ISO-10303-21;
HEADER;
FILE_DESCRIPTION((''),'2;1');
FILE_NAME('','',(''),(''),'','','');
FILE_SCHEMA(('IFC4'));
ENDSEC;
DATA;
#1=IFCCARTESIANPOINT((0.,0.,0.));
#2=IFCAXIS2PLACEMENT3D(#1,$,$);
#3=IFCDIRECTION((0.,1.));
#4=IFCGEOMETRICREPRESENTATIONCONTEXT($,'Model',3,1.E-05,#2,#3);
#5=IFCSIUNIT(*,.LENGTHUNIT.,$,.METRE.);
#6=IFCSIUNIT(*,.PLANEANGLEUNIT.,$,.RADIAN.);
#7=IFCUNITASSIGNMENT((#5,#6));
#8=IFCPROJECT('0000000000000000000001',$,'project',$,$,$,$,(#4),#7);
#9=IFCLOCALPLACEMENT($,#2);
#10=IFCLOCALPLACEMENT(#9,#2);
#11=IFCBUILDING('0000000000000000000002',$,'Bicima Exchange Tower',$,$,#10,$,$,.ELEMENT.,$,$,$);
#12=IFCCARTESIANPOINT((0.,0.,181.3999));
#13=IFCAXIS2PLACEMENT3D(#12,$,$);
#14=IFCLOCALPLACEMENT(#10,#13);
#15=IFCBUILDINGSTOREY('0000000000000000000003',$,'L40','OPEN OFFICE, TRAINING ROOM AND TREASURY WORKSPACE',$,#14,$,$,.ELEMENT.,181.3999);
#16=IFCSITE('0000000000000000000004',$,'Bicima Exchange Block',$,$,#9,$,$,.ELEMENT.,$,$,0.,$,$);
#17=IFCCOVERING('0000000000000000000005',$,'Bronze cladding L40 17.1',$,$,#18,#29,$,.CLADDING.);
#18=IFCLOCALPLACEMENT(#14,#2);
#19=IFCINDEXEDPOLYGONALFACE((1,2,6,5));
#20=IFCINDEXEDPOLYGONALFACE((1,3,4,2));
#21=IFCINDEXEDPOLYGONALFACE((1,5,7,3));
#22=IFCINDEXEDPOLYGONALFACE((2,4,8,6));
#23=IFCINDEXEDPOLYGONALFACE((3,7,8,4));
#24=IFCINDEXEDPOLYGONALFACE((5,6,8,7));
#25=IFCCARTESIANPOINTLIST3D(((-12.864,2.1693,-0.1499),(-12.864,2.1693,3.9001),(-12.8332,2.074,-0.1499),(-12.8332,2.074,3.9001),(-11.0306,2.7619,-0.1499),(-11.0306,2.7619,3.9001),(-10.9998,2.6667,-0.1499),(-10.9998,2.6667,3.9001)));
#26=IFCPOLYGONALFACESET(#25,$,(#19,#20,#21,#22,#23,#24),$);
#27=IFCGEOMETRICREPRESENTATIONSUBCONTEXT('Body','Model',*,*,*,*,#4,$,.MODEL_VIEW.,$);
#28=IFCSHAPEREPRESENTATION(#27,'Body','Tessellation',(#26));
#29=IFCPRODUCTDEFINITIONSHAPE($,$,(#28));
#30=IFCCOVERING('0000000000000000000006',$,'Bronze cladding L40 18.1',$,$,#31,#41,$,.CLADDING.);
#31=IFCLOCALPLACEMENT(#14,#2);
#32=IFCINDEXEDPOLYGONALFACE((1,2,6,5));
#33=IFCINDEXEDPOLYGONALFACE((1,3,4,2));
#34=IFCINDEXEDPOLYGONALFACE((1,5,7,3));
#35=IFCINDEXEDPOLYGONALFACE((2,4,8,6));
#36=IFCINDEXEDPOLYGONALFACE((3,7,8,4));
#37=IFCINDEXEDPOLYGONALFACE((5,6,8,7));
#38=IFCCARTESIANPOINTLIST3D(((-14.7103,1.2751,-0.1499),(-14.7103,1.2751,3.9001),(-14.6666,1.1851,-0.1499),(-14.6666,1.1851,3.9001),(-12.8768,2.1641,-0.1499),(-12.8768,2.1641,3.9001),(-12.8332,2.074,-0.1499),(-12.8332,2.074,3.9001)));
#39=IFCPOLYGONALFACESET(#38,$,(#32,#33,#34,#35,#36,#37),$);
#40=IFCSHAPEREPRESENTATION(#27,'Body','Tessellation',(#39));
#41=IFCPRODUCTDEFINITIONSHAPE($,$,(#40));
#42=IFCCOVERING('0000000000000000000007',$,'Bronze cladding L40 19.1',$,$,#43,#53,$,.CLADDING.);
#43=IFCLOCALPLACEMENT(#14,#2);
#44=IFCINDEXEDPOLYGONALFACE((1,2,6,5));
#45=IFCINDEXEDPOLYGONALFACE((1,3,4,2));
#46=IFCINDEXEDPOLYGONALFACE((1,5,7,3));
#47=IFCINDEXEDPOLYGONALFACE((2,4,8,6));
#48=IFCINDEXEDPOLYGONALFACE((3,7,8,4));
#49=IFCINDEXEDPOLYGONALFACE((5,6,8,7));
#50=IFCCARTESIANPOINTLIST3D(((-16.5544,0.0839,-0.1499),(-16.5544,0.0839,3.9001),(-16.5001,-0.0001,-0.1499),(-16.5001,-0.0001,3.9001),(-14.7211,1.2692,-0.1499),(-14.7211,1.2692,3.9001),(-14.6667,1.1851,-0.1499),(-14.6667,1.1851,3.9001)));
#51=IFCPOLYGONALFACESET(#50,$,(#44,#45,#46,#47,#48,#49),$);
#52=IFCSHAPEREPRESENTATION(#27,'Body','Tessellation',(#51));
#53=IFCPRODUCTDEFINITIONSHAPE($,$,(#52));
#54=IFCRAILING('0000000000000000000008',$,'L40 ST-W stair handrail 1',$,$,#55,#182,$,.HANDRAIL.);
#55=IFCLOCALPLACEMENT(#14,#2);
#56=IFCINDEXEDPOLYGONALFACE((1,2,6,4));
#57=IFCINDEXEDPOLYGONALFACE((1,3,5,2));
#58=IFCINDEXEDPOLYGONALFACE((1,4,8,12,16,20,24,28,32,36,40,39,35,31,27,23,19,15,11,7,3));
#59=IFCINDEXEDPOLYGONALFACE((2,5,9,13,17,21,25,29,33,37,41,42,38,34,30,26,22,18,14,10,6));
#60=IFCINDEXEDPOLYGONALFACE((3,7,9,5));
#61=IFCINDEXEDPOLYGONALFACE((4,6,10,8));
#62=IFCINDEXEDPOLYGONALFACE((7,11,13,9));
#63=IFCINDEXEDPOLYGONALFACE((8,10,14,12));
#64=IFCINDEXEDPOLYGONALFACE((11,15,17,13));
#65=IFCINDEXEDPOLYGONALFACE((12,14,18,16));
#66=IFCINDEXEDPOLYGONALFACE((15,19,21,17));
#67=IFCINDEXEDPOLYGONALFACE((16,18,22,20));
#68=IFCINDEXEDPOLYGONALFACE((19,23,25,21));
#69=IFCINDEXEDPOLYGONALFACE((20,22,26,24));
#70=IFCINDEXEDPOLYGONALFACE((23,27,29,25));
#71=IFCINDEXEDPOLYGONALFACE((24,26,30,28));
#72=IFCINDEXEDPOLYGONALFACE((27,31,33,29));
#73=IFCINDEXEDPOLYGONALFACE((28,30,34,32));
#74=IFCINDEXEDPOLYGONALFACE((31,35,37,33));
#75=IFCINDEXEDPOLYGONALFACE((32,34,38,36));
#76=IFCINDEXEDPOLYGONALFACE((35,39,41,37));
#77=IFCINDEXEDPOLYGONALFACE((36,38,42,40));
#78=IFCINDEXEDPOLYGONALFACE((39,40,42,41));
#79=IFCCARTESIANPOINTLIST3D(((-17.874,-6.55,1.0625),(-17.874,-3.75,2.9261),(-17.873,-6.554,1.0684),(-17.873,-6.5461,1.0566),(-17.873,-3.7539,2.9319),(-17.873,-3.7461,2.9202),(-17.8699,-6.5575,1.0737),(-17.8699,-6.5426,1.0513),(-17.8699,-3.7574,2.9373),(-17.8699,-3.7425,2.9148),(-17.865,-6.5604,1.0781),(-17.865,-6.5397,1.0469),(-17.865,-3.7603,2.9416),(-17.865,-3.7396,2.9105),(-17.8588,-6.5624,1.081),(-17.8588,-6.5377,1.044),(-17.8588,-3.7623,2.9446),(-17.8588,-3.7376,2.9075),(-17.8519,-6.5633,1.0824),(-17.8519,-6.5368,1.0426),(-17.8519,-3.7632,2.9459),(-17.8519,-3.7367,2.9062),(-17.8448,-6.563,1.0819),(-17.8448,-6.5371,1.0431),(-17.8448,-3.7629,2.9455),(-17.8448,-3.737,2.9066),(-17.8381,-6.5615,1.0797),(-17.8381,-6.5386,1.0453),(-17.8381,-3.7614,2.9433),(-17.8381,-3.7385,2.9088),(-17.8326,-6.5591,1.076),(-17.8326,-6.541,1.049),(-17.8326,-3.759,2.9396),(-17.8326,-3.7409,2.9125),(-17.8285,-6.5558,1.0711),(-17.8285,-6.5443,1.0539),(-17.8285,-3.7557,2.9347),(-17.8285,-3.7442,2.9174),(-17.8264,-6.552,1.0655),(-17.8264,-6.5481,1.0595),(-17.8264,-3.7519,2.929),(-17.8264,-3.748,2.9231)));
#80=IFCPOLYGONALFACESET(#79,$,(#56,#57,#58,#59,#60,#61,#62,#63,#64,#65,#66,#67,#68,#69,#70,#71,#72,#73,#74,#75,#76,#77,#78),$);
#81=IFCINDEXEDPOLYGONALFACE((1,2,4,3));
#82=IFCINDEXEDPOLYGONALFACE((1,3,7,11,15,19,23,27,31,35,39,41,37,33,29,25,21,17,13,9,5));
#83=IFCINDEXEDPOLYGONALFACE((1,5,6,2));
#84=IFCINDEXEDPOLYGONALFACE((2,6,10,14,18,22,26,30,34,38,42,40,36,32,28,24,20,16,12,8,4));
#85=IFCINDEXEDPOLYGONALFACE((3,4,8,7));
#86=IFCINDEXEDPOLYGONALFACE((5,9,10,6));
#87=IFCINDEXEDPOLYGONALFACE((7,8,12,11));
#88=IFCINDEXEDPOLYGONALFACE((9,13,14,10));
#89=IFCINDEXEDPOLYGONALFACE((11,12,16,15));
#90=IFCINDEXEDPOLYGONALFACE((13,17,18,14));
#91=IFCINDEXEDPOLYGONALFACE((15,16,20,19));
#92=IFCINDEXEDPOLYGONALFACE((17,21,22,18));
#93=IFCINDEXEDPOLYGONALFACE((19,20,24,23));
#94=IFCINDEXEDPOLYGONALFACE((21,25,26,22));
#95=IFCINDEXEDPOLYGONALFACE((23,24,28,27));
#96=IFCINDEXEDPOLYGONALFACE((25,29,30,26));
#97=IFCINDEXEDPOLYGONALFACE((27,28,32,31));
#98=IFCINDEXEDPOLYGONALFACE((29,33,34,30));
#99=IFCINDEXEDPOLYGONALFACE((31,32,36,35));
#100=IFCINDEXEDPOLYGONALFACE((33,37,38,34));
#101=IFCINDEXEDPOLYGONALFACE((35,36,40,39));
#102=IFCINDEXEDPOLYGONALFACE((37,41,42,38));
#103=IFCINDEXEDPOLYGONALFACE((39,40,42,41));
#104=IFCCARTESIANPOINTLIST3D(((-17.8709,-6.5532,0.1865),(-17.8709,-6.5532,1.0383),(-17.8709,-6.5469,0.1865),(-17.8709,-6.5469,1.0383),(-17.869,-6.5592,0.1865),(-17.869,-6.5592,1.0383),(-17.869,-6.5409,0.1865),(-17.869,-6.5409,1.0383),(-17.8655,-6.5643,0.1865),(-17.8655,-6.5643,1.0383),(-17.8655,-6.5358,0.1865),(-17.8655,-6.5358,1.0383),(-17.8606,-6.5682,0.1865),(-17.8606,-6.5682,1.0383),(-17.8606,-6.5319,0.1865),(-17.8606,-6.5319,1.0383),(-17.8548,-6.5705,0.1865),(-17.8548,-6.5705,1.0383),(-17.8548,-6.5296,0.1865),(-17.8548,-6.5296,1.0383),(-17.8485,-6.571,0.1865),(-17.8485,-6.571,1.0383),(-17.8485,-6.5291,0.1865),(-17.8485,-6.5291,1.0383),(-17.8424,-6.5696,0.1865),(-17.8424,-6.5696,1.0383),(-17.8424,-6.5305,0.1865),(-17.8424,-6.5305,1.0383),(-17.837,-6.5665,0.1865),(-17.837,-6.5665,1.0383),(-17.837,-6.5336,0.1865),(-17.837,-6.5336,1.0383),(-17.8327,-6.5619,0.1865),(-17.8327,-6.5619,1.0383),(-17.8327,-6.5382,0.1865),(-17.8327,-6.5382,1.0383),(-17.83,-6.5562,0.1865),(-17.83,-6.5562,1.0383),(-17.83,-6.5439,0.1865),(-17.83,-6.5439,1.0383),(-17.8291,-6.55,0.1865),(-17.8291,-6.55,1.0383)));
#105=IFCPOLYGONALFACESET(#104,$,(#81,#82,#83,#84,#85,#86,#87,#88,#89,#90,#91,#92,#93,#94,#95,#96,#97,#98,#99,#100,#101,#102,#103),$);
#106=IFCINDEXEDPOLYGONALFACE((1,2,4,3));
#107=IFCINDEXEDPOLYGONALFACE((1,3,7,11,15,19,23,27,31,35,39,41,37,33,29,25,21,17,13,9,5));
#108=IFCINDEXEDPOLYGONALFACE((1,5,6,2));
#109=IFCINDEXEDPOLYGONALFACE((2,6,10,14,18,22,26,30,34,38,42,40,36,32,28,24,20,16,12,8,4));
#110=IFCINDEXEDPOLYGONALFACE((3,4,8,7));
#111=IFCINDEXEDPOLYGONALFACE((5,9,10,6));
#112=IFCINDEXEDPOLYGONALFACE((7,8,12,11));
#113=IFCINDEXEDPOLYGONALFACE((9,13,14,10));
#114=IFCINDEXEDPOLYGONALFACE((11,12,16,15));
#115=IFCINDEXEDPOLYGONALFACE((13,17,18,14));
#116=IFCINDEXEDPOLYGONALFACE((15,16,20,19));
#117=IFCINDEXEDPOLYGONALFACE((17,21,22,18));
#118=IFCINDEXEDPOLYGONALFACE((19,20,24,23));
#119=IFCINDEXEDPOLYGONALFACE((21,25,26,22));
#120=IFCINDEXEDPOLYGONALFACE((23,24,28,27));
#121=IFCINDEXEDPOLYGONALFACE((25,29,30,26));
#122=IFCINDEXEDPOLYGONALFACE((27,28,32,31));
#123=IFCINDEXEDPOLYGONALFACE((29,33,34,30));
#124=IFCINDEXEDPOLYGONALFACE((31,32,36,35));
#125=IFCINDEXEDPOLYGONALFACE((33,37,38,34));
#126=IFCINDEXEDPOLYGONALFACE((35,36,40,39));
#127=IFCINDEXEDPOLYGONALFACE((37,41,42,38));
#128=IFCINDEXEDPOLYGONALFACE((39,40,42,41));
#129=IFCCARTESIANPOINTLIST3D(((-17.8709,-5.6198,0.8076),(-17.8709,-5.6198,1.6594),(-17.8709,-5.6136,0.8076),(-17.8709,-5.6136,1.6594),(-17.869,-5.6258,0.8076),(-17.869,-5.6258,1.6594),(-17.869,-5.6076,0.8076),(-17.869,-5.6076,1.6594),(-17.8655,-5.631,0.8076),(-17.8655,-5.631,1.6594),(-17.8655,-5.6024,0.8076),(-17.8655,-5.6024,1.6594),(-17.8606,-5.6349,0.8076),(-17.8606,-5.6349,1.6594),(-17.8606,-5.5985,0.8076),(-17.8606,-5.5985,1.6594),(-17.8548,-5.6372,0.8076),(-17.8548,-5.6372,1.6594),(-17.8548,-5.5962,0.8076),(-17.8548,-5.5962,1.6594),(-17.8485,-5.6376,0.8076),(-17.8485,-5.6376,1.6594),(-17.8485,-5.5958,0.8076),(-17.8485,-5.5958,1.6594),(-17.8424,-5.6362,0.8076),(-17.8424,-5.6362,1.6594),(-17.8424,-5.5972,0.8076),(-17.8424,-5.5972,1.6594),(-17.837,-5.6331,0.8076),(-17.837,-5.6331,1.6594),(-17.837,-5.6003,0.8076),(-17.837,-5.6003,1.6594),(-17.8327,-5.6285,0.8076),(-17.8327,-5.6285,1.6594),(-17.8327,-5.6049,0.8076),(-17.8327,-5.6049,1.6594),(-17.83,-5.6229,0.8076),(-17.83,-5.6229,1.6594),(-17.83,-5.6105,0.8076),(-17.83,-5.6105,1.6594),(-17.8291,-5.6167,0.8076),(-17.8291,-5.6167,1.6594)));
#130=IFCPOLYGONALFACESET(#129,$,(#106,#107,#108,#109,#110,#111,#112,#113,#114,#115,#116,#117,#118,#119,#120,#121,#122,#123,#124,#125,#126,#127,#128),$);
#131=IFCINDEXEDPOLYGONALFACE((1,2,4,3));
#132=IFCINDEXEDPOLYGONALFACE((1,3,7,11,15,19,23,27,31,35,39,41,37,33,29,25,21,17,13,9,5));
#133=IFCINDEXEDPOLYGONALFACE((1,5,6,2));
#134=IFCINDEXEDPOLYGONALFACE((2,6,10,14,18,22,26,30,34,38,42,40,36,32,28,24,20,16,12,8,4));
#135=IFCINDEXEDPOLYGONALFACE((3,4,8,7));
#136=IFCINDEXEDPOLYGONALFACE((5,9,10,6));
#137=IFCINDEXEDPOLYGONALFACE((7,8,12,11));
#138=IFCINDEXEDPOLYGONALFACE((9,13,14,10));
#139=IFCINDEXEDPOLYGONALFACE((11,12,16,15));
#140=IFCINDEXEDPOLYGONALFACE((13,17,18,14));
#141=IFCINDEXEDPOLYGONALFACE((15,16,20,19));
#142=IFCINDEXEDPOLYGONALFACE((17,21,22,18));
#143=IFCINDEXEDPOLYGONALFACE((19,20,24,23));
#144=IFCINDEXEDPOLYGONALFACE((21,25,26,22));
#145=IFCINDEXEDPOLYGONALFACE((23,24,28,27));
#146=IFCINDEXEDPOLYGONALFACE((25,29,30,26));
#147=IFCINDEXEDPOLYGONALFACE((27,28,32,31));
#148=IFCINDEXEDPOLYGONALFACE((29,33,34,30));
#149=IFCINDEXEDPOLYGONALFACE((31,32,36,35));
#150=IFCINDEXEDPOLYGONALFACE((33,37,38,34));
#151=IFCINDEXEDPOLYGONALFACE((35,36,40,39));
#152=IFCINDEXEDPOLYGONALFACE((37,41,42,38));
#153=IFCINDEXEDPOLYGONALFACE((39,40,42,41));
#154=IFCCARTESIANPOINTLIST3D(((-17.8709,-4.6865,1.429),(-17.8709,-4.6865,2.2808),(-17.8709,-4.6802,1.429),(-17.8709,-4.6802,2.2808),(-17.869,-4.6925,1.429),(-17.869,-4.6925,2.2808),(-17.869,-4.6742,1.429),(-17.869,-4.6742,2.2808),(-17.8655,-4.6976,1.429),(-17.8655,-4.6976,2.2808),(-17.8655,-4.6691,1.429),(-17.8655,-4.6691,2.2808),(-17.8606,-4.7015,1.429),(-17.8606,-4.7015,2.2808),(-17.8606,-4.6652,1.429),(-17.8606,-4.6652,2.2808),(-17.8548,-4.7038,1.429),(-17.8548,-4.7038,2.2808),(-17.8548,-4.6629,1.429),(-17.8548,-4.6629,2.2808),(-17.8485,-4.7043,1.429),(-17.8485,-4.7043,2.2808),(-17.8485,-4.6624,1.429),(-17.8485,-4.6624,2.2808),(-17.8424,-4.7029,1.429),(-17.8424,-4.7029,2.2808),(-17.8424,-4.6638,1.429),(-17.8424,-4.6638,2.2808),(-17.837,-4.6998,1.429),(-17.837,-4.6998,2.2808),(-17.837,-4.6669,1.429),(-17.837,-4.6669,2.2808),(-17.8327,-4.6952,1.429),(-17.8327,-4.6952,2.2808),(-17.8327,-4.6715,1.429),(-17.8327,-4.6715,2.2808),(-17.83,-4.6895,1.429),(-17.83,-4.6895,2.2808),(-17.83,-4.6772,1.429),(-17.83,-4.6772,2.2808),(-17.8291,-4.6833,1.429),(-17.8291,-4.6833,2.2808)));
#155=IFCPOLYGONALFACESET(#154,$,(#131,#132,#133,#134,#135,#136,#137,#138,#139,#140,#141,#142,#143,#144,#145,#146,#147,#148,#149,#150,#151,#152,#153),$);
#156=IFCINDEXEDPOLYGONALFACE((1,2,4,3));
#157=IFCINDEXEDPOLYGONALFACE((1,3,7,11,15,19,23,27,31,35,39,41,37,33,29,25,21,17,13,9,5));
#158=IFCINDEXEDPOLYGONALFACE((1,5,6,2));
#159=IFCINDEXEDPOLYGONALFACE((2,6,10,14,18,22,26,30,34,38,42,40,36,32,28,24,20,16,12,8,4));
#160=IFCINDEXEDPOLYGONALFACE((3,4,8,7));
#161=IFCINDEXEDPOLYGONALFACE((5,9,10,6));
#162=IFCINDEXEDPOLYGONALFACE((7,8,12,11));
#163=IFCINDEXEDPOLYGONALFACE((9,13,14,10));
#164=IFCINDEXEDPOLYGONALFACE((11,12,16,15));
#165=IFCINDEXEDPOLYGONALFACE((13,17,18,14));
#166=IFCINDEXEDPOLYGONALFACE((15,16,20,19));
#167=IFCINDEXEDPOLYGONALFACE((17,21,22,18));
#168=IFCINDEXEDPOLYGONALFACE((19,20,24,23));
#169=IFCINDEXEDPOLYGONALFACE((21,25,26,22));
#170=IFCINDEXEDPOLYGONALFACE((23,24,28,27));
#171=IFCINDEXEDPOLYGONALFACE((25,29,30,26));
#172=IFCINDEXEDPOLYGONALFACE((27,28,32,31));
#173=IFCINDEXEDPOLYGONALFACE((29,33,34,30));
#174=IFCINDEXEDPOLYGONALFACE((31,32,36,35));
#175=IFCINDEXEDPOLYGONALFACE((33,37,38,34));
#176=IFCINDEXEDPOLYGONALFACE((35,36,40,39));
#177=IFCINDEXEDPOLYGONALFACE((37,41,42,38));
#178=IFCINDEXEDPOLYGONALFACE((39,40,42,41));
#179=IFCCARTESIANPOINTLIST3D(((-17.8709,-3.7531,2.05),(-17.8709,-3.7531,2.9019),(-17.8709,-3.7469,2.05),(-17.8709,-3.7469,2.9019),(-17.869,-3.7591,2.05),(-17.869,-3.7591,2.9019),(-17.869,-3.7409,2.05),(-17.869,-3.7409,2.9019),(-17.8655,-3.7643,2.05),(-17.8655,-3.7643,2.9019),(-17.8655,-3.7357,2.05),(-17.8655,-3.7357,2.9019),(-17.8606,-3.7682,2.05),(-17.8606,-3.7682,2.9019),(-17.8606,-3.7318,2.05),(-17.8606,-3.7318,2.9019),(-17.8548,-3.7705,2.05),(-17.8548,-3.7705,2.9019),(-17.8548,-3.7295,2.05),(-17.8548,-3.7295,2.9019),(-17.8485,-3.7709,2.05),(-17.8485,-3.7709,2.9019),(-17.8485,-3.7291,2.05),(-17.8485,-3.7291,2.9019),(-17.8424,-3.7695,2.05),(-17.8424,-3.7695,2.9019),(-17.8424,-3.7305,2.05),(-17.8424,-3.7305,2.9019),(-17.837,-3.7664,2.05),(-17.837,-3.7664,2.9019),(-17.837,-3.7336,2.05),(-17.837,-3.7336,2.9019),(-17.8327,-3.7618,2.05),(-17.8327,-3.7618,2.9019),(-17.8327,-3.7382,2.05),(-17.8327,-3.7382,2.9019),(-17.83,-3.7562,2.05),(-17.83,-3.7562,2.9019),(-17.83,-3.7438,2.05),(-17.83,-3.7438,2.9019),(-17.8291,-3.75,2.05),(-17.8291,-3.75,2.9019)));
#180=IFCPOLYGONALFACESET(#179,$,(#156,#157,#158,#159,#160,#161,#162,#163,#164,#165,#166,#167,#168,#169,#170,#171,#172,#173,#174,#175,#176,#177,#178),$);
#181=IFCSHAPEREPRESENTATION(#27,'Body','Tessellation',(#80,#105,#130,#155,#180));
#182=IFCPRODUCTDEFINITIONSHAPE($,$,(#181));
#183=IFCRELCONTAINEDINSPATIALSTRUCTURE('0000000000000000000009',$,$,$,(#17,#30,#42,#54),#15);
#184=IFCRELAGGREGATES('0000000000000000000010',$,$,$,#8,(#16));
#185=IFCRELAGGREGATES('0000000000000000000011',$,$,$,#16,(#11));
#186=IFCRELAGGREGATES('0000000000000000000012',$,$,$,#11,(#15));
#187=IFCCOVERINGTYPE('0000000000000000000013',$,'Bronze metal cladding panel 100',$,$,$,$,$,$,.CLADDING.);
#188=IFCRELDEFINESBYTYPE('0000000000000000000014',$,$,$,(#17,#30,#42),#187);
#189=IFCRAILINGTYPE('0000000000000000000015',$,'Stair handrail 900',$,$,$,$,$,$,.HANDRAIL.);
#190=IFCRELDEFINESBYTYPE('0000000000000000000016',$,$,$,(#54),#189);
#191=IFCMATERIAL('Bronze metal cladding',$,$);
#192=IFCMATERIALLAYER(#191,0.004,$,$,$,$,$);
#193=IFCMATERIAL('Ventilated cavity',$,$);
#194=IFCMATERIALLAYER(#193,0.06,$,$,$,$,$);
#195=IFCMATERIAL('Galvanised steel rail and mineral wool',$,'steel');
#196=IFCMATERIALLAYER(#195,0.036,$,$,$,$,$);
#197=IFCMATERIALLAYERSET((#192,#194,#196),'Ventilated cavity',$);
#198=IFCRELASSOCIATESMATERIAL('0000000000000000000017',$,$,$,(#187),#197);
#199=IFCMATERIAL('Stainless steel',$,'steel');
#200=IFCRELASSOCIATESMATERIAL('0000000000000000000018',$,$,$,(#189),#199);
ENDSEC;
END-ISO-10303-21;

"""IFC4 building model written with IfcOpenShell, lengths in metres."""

from ifc_helpers import new_model, si_unit, direction, frame, origin, origin_2d, place, context, subcontext, project, spatial, rectangle, circle, extrude, material, layer, layer_set, type_object, element, save


model = new_model("IFC4")

# Units and contexts
model_context = context("Model", 3, precision=1e-05, world=origin(), true_north=direction((0.0, 1.0)))
body_context = subcontext(model_context, "Body", "Model", "MODEL_VIEW")
ifc_project = project(units=[si_unit("LENGTHUNIT", "METRE"), si_unit("PLANEANGLEUNIT", "RADIAN")], contexts=[model_context])

# Site, building, storey
site_placement = place(None, origin())
site = spatial("IfcSite", under=ifc_project, at=site_placement, Name="Bicima Exchange Block", CompositionType="ELEMENT", RefElevation=0.0)
building_placement = place(site_placement, origin())
building = spatial("IfcBuilding", under=site, at=building_placement, Name="Bicima Exchange Tower", CompositionType="ELEMENT")
storey_placement = place(building_placement, frame((0.0, 0.0, 181.3999)))
storey = spatial("IfcBuildingStorey", under=building, at=storey_placement, Name="L40", Description="OPEN OFFICE, TRAINING ROOM AND TREASURY WORKSPACE", CompositionType="ELEMENT", Elevation=181.3999)

# Shared definitions
ifc_material_1 = material(Name="Stainless steel", Category="steel")

# Coverings
ifc_material_2 = material(Name="Bronze metal cladding")
ifc_layer_1 = layer(ifc_material_2, 0.004)
ifc_material_3 = material(Name="Ventilated cavity")
ifc_layer_2 = layer(ifc_material_3, 0.06)
ifc_material_4 = material(Name="Galvanised steel rail and mineral wool", Category="steel")
ifc_layer_3 = layer(ifc_material_4, 0.036)
ifc_layer_set_1 = layer_set([ifc_layer_1, ifc_layer_2, ifc_layer_3], Name="Ventilated cavity")
covering_type = type_object("IfcCoveringType", Name="Bronze metal cladding panel 100", PredefinedType="CLADDING", material=ifc_layer_set_1)
covering_1_placement = place(storey_placement, frame((-11.9319, 2.418, -0.1499), z_axis=(0.0, 0.0, 1.0), x_axis=(-0.951525, -0.307573, 0.0)))
element("IfcCovering", 1, at=covering_1_placement, inside=storey, type_object=covering_type, Name="Bronze cladding L40 17.1", PredefinedType="CLADDING", context=body_context, shape_type="SweptSolid", body=[
    extrude(rectangle(XDim=1.9268, YDim=0.1001, at=origin_2d()), origin(), (0.0, 0.0, 1.0), 4.05),
])
covering_2_placement = place(storey_placement, frame((-13.7717, 1.6746, -0.1499), z_axis=(0.0, 0.0, 1.0), x_axis=(-0.899818, -0.436265, 0.0)))
element("IfcCovering", 2, at=covering_2_placement, inside=storey, type_object=covering_type, Name="Bronze cladding L40 18.1", PredefinedType="CLADDING", context=body_context, shape_type="SweptSolid", body=[
    extrude(rectangle(XDim=2.0376, YDim=0.1001, at=origin_2d()), origin(), (0.0, 0.0, 1.0), 4.05),
])
covering_3_placement = place(storey_placement, frame((-15.6106, 0.6345, -0.1499), z_axis=(0.0, 0.0, 1.0), x_axis=(-0.83979, -0.542911, 0.0)))
element("IfcCovering", 3, at=covering_3_placement, inside=storey, type_object=covering_type, Name="Bronze cladding L40 19.1", PredefinedType="CLADDING", context=body_context, shape_type="SweptSolid", body=[
    extrude(rectangle(XDim=2.1831, YDim=0.1001, at=origin_2d()), origin(), (0.0, 0.0, 1.0), 4.05),
])

# Railing
railing_type_1 = type_object("IfcRailingType", Name="Stair handrail 900", PredefinedType="HANDRAIL", material=ifc_material_1)
railing_1_placement = place(storey_placement, frame((-17.8501, -6.55, 0.1865)))
element("IfcRailing", 4, at=railing_1_placement, inside=storey, type_object=railing_type_1, Name="L40 ST-W stair handrail 1", PredefinedType="HANDRAIL", context=body_context, shape_type="SweptSolid", body=[
    extrude(circle(Radius=0.0239, at=origin_2d()), frame((0.0, 0.0, 0.876), z_axis=(0.0, 0.832486, 0.554047), x_axis=(-1.0, 0.0, 0.0)), (0.0, 0.0, 1.0), 3.3635),
    extrude(circle(Radius=0.021, at=origin_2d()), origin(), (0.0, 0.0, 1.0), 0.8518),
    extrude(circle(Radius=0.021, at=origin_2d()), frame((0.0, 0.9333, 0.6211)), (0.0, 0.0, 1.0), 0.8518),
    extrude(circle(Radius=0.021, at=origin_2d()), frame((0.0, 1.8667, 1.2424)), (0.0, 0.0, 1.0), 0.8518),
    extrude(circle(Radius=0.021, at=origin_2d()), frame((0.0, 2.8, 1.8635)), (0.0, 0.0, 1.0), 0.8518),
])

save(model, "model.ifc")
